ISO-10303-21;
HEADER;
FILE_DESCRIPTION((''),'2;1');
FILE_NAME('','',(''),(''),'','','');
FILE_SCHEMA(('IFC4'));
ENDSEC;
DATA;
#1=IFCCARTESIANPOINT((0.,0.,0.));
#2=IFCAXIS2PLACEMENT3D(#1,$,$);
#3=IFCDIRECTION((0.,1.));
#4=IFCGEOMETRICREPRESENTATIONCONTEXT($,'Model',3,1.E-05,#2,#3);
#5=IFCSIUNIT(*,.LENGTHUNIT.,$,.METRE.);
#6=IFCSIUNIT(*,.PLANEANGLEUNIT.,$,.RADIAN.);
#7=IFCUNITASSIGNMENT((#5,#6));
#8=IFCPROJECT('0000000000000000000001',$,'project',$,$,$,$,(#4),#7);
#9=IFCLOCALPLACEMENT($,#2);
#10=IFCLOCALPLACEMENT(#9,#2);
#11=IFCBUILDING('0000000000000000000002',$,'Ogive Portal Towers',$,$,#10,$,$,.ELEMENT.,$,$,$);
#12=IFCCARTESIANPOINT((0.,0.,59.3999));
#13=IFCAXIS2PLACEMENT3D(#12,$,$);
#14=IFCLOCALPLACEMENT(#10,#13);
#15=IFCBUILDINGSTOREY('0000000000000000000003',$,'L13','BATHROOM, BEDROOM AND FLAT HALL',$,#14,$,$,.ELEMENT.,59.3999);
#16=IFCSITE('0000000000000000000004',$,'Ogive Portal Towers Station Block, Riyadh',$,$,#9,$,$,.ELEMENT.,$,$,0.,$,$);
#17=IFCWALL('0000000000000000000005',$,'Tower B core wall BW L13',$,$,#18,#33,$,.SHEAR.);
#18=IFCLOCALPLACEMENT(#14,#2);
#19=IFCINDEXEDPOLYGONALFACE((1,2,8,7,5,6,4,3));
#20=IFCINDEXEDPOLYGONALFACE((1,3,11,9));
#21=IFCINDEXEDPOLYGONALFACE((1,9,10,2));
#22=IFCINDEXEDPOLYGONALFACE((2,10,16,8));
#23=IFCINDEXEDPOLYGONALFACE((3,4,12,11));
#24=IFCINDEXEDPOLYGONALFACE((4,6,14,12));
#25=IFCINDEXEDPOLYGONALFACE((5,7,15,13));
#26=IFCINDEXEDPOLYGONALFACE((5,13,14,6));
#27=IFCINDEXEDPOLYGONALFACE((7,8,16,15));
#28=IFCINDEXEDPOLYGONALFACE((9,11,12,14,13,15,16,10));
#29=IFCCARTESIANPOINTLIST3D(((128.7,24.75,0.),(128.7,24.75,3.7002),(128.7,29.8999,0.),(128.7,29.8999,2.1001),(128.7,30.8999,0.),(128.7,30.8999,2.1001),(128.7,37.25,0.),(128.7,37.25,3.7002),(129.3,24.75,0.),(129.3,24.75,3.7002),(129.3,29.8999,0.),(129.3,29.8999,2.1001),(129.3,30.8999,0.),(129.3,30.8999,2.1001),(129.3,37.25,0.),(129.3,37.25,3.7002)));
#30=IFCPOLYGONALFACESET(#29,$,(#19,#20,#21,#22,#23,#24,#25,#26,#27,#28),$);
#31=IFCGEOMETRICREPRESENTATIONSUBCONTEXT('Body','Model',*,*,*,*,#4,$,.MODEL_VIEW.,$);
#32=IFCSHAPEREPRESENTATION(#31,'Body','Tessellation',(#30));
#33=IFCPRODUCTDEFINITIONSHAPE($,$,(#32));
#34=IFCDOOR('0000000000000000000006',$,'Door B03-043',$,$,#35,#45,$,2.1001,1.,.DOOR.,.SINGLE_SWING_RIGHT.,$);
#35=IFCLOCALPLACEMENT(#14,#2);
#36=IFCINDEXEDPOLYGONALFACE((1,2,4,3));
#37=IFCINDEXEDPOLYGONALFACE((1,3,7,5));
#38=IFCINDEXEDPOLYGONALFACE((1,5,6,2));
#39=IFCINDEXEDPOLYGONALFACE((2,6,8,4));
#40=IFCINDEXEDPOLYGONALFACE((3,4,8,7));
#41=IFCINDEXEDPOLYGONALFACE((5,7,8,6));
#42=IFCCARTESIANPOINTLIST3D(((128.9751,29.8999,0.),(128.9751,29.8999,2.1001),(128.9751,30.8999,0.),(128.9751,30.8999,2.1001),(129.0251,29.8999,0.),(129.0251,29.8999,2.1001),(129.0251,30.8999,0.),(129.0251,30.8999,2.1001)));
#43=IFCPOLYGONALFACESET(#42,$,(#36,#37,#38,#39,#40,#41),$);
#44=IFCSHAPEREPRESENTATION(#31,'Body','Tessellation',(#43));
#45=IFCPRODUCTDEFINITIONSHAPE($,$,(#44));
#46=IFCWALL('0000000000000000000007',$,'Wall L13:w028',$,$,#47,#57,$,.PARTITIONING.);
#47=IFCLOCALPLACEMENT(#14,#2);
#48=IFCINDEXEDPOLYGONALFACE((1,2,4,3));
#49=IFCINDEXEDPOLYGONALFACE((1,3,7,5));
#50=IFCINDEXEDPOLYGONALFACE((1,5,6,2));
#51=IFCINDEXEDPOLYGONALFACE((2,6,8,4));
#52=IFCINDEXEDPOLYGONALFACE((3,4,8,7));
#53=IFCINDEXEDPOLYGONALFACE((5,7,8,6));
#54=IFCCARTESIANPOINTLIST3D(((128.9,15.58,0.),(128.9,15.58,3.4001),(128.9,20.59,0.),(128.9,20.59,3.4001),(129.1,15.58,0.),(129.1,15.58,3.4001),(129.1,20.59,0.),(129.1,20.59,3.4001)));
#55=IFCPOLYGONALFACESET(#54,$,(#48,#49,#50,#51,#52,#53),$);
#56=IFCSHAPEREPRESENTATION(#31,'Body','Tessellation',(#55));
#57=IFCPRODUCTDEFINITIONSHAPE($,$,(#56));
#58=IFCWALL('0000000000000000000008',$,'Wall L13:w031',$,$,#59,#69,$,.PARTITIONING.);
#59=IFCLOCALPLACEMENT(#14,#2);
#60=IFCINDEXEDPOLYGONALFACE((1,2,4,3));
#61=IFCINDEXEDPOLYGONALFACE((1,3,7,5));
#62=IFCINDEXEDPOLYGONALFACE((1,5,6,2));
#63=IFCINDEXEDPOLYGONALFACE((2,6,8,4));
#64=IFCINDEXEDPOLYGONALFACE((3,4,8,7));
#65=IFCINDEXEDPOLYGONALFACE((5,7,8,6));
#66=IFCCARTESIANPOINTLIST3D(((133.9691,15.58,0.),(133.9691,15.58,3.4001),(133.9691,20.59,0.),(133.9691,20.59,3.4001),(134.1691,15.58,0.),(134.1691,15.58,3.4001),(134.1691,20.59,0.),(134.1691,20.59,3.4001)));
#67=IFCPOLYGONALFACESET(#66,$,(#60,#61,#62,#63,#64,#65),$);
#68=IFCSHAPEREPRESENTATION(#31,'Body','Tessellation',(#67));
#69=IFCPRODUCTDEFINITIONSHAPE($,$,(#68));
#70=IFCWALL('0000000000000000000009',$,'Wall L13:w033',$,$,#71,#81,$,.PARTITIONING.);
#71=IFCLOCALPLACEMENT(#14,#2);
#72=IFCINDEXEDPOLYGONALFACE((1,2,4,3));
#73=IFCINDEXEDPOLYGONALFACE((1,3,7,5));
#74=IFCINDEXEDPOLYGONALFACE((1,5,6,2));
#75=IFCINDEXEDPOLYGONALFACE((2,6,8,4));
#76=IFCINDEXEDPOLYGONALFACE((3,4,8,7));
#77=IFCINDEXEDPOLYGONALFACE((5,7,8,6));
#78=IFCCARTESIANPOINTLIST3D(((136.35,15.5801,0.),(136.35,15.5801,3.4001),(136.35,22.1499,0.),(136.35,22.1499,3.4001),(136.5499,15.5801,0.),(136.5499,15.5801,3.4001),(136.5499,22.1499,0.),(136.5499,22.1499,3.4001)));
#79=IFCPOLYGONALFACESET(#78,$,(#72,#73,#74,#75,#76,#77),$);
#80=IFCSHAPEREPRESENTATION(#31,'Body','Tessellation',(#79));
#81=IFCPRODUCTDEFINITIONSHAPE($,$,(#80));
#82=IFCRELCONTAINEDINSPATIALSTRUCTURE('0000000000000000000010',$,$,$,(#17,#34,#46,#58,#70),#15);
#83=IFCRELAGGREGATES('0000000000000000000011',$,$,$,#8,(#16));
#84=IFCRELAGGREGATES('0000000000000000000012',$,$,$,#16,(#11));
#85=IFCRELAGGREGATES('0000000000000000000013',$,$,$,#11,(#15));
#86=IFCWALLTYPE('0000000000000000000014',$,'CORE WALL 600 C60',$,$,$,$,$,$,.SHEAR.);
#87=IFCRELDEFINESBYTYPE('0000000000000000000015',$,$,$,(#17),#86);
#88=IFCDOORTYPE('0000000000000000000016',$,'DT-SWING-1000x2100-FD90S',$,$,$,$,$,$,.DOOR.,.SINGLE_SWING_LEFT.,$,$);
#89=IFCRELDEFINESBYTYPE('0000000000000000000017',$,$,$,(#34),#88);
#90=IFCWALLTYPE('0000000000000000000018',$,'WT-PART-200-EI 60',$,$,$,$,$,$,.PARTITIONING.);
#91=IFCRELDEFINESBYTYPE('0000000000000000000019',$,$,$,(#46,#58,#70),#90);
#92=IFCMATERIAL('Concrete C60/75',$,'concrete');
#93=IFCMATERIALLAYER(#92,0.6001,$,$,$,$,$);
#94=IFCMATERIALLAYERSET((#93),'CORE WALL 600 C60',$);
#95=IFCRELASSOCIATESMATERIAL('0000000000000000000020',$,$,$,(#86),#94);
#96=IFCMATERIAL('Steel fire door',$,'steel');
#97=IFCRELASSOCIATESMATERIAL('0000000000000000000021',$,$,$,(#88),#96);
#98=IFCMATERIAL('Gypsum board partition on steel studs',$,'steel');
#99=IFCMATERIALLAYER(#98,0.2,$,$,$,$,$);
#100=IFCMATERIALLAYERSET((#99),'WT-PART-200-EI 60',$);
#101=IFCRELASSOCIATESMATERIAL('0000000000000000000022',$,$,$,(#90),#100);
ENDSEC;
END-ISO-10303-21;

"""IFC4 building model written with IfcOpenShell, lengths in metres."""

from ifc_helpers import new_model, si_unit, direction, frame, frame_2d, origin, place, context, subcontext, project, spatial, rectangle, extrude, material, layer, layer_set, type_object, element, fill, save


model = new_model("IFC4")

# Units and contexts
model_context = context("Model", 3, precision=1e-05, world=origin(), true_north=direction((0.0, 1.0)))
body_context = subcontext(model_context, "Body", "Model", "MODEL_VIEW")
ifc_project = project(units=[si_unit("LENGTHUNIT", "METRE"), si_unit("PLANEANGLEUNIT", "RADIAN")], contexts=[model_context])

# Site, building, storey
site_placement = place(None, origin())
site = spatial("IfcSite", under=ifc_project, at=site_placement, Name="Ogive Portal Towers Station Block, Riyadh", CompositionType="ELEMENT", RefElevation=0.0)
building_placement = place(site_placement, origin())
building = spatial("IfcBuilding", under=site, at=building_placement, Name="Ogive Portal Towers", CompositionType="ELEMENT")
storey_placement = place(building_placement, frame((0.0, 0.0, 59.3999)))
storey = spatial("IfcBuildingStorey", under=building, at=storey_placement, Name="L13", Description="BATHROOM, BEDROOM AND FLAT HALL", CompositionType="ELEMENT", Elevation=59.3999)

# Shared definitions
ifc_material_1 = material(Name="Concrete C60/75", Category="concrete")
ifc_material_2 = material(Name="Steel fire door", Category="steel")

# Wall, opening, door
ifc_layer_1 = layer(ifc_material_1, 0.6001)
ifc_layer_set_1 = layer_set([ifc_layer_1], Name="CORE WALL 600 C60")
wall_type_1 = type_object("IfcWallType", Name="CORE WALL 600 C60", PredefinedType="SHEAR", material=ifc_layer_set_1)
wall_1_placement = place(storey_placement, frame((129.0, 24.75, 0.0), z_axis=(0.0, 0.0, 1.0), x_axis=(0.0, 1.0, 0.0)))
wall_1 = element("IfcWall", 1, at=wall_1_placement, inside=storey, type_object=wall_type_1, Name="Tower B core wall BW L13", PredefinedType="SHEAR", context=body_context, shape_type="SweptSolid", body=[
    extrude(rectangle(XDim=12.5, YDim=0.6001, at=frame_2d((6.25, 0.0))), origin(), (0.0, 0.0, 1.0), 3.7002),
])
opening_1_placement = place(wall_1_placement, frame((5.1499, 0.0, 0.0)))
opening_1 = element("IfcOpeningElement", 2, at=opening_1_placement, cuts=wall_1, PredefinedType="OPENING", context=body_context, shape_type="SweptSolid", body=[
    extrude(rectangle(XDim=1.0, YDim=2.1001, at=frame_2d((0.5, 1.05))), frame((0.0, 0.3101, 0.0), z_axis=(0.0, -1.0, 0.0), x_axis=(1.0, 0.0, 0.0)), (0.0, 0.0, 1.0), 0.6201),
])
door_type_1 = type_object("IfcDoorType", Name="DT-SWING-1000x2100-FD90S", OperationType="SINGLE_SWING_LEFT", PredefinedType="DOOR", material=ifc_material_2)
door_1_placement = place(opening_1_placement, origin())
door_1 = element("IfcDoor", 3, at=door_1_placement, inside=storey, type_object=door_type_1, Name="Door B03-043", OperationType="SINGLE_SWING_RIGHT", OverallHeight=2.1001, OverallWidth=1.0, PredefinedType="DOOR", context=body_context, shape_type="SweptSolid", body=[
    extrude(rectangle(XDim=1.0, YDim=2.1001, at=frame_2d((0.5, 1.05))), frame((0.0, 0.0249, 0.0), z_axis=(0.0, -1.0, 0.0), x_axis=(1.0, 0.0, 0.0)), (0.0, 0.0, 1.0), 0.05),
])
fill(opening_1, door_1)

# Walls
ifc_material_3 = material(Name="Gypsum board partition on steel studs", Category="steel")
ifc_layer_2 = layer(ifc_material_3, 0.2)
ifc_layer_set_2 = layer_set([ifc_layer_2], Name="WT-PART-200-EI 60")
wall_type_2 = type_object("IfcWallType", Name="WT-PART-200-EI 60", PredefinedType="PARTITIONING", material=ifc_layer_set_2)
for number, where, z_axis, x_axis, name in (
    (4, (129.0, 15.5801, 0.0), (0.0, 0.0, 1.0), (0.0, 1.0, 0.0), "Wall L13:w028"),
    (5, (134.0691, 15.5801, 0.0), (0.0, 0.0, 1.0), (0.0, 1.0, 0.0), "Wall L13:w031"),
):
    element("IfcWall", number, at=place(storey_placement, frame(where, z_axis=z_axis, x_axis=x_axis)), inside=storey, type_object=wall_type_2, Name=name, PredefinedType="PARTITIONING", context=body_context, shape_type="SweptSolid", body=[
        extrude(rectangle(XDim=5.01, YDim=0.2, at=frame_2d((2.5049, 0.0))), origin(), (0.0, 0.0, 1.0), 3.4001),
    ])
wall_2_placement = place(storey_placement, frame((136.45, 15.5801, 0.0), z_axis=(0.0, 0.0, 1.0), x_axis=(0.0, 1.0, 0.0)))
element("IfcWall", 6, at=wall_2_placement, inside=storey, type_object=wall_type_2, Name="Wall L13:w033", PredefinedType="PARTITIONING", context=body_context, shape_type="SweptSolid", body=[
    extrude(rectangle(XDim=6.5698, YDim=0.2, at=frame_2d((3.2849, 0.0))), origin(), (0.0, 0.0, 1.0), 3.4001),
])

save(model, "model.ifc")
